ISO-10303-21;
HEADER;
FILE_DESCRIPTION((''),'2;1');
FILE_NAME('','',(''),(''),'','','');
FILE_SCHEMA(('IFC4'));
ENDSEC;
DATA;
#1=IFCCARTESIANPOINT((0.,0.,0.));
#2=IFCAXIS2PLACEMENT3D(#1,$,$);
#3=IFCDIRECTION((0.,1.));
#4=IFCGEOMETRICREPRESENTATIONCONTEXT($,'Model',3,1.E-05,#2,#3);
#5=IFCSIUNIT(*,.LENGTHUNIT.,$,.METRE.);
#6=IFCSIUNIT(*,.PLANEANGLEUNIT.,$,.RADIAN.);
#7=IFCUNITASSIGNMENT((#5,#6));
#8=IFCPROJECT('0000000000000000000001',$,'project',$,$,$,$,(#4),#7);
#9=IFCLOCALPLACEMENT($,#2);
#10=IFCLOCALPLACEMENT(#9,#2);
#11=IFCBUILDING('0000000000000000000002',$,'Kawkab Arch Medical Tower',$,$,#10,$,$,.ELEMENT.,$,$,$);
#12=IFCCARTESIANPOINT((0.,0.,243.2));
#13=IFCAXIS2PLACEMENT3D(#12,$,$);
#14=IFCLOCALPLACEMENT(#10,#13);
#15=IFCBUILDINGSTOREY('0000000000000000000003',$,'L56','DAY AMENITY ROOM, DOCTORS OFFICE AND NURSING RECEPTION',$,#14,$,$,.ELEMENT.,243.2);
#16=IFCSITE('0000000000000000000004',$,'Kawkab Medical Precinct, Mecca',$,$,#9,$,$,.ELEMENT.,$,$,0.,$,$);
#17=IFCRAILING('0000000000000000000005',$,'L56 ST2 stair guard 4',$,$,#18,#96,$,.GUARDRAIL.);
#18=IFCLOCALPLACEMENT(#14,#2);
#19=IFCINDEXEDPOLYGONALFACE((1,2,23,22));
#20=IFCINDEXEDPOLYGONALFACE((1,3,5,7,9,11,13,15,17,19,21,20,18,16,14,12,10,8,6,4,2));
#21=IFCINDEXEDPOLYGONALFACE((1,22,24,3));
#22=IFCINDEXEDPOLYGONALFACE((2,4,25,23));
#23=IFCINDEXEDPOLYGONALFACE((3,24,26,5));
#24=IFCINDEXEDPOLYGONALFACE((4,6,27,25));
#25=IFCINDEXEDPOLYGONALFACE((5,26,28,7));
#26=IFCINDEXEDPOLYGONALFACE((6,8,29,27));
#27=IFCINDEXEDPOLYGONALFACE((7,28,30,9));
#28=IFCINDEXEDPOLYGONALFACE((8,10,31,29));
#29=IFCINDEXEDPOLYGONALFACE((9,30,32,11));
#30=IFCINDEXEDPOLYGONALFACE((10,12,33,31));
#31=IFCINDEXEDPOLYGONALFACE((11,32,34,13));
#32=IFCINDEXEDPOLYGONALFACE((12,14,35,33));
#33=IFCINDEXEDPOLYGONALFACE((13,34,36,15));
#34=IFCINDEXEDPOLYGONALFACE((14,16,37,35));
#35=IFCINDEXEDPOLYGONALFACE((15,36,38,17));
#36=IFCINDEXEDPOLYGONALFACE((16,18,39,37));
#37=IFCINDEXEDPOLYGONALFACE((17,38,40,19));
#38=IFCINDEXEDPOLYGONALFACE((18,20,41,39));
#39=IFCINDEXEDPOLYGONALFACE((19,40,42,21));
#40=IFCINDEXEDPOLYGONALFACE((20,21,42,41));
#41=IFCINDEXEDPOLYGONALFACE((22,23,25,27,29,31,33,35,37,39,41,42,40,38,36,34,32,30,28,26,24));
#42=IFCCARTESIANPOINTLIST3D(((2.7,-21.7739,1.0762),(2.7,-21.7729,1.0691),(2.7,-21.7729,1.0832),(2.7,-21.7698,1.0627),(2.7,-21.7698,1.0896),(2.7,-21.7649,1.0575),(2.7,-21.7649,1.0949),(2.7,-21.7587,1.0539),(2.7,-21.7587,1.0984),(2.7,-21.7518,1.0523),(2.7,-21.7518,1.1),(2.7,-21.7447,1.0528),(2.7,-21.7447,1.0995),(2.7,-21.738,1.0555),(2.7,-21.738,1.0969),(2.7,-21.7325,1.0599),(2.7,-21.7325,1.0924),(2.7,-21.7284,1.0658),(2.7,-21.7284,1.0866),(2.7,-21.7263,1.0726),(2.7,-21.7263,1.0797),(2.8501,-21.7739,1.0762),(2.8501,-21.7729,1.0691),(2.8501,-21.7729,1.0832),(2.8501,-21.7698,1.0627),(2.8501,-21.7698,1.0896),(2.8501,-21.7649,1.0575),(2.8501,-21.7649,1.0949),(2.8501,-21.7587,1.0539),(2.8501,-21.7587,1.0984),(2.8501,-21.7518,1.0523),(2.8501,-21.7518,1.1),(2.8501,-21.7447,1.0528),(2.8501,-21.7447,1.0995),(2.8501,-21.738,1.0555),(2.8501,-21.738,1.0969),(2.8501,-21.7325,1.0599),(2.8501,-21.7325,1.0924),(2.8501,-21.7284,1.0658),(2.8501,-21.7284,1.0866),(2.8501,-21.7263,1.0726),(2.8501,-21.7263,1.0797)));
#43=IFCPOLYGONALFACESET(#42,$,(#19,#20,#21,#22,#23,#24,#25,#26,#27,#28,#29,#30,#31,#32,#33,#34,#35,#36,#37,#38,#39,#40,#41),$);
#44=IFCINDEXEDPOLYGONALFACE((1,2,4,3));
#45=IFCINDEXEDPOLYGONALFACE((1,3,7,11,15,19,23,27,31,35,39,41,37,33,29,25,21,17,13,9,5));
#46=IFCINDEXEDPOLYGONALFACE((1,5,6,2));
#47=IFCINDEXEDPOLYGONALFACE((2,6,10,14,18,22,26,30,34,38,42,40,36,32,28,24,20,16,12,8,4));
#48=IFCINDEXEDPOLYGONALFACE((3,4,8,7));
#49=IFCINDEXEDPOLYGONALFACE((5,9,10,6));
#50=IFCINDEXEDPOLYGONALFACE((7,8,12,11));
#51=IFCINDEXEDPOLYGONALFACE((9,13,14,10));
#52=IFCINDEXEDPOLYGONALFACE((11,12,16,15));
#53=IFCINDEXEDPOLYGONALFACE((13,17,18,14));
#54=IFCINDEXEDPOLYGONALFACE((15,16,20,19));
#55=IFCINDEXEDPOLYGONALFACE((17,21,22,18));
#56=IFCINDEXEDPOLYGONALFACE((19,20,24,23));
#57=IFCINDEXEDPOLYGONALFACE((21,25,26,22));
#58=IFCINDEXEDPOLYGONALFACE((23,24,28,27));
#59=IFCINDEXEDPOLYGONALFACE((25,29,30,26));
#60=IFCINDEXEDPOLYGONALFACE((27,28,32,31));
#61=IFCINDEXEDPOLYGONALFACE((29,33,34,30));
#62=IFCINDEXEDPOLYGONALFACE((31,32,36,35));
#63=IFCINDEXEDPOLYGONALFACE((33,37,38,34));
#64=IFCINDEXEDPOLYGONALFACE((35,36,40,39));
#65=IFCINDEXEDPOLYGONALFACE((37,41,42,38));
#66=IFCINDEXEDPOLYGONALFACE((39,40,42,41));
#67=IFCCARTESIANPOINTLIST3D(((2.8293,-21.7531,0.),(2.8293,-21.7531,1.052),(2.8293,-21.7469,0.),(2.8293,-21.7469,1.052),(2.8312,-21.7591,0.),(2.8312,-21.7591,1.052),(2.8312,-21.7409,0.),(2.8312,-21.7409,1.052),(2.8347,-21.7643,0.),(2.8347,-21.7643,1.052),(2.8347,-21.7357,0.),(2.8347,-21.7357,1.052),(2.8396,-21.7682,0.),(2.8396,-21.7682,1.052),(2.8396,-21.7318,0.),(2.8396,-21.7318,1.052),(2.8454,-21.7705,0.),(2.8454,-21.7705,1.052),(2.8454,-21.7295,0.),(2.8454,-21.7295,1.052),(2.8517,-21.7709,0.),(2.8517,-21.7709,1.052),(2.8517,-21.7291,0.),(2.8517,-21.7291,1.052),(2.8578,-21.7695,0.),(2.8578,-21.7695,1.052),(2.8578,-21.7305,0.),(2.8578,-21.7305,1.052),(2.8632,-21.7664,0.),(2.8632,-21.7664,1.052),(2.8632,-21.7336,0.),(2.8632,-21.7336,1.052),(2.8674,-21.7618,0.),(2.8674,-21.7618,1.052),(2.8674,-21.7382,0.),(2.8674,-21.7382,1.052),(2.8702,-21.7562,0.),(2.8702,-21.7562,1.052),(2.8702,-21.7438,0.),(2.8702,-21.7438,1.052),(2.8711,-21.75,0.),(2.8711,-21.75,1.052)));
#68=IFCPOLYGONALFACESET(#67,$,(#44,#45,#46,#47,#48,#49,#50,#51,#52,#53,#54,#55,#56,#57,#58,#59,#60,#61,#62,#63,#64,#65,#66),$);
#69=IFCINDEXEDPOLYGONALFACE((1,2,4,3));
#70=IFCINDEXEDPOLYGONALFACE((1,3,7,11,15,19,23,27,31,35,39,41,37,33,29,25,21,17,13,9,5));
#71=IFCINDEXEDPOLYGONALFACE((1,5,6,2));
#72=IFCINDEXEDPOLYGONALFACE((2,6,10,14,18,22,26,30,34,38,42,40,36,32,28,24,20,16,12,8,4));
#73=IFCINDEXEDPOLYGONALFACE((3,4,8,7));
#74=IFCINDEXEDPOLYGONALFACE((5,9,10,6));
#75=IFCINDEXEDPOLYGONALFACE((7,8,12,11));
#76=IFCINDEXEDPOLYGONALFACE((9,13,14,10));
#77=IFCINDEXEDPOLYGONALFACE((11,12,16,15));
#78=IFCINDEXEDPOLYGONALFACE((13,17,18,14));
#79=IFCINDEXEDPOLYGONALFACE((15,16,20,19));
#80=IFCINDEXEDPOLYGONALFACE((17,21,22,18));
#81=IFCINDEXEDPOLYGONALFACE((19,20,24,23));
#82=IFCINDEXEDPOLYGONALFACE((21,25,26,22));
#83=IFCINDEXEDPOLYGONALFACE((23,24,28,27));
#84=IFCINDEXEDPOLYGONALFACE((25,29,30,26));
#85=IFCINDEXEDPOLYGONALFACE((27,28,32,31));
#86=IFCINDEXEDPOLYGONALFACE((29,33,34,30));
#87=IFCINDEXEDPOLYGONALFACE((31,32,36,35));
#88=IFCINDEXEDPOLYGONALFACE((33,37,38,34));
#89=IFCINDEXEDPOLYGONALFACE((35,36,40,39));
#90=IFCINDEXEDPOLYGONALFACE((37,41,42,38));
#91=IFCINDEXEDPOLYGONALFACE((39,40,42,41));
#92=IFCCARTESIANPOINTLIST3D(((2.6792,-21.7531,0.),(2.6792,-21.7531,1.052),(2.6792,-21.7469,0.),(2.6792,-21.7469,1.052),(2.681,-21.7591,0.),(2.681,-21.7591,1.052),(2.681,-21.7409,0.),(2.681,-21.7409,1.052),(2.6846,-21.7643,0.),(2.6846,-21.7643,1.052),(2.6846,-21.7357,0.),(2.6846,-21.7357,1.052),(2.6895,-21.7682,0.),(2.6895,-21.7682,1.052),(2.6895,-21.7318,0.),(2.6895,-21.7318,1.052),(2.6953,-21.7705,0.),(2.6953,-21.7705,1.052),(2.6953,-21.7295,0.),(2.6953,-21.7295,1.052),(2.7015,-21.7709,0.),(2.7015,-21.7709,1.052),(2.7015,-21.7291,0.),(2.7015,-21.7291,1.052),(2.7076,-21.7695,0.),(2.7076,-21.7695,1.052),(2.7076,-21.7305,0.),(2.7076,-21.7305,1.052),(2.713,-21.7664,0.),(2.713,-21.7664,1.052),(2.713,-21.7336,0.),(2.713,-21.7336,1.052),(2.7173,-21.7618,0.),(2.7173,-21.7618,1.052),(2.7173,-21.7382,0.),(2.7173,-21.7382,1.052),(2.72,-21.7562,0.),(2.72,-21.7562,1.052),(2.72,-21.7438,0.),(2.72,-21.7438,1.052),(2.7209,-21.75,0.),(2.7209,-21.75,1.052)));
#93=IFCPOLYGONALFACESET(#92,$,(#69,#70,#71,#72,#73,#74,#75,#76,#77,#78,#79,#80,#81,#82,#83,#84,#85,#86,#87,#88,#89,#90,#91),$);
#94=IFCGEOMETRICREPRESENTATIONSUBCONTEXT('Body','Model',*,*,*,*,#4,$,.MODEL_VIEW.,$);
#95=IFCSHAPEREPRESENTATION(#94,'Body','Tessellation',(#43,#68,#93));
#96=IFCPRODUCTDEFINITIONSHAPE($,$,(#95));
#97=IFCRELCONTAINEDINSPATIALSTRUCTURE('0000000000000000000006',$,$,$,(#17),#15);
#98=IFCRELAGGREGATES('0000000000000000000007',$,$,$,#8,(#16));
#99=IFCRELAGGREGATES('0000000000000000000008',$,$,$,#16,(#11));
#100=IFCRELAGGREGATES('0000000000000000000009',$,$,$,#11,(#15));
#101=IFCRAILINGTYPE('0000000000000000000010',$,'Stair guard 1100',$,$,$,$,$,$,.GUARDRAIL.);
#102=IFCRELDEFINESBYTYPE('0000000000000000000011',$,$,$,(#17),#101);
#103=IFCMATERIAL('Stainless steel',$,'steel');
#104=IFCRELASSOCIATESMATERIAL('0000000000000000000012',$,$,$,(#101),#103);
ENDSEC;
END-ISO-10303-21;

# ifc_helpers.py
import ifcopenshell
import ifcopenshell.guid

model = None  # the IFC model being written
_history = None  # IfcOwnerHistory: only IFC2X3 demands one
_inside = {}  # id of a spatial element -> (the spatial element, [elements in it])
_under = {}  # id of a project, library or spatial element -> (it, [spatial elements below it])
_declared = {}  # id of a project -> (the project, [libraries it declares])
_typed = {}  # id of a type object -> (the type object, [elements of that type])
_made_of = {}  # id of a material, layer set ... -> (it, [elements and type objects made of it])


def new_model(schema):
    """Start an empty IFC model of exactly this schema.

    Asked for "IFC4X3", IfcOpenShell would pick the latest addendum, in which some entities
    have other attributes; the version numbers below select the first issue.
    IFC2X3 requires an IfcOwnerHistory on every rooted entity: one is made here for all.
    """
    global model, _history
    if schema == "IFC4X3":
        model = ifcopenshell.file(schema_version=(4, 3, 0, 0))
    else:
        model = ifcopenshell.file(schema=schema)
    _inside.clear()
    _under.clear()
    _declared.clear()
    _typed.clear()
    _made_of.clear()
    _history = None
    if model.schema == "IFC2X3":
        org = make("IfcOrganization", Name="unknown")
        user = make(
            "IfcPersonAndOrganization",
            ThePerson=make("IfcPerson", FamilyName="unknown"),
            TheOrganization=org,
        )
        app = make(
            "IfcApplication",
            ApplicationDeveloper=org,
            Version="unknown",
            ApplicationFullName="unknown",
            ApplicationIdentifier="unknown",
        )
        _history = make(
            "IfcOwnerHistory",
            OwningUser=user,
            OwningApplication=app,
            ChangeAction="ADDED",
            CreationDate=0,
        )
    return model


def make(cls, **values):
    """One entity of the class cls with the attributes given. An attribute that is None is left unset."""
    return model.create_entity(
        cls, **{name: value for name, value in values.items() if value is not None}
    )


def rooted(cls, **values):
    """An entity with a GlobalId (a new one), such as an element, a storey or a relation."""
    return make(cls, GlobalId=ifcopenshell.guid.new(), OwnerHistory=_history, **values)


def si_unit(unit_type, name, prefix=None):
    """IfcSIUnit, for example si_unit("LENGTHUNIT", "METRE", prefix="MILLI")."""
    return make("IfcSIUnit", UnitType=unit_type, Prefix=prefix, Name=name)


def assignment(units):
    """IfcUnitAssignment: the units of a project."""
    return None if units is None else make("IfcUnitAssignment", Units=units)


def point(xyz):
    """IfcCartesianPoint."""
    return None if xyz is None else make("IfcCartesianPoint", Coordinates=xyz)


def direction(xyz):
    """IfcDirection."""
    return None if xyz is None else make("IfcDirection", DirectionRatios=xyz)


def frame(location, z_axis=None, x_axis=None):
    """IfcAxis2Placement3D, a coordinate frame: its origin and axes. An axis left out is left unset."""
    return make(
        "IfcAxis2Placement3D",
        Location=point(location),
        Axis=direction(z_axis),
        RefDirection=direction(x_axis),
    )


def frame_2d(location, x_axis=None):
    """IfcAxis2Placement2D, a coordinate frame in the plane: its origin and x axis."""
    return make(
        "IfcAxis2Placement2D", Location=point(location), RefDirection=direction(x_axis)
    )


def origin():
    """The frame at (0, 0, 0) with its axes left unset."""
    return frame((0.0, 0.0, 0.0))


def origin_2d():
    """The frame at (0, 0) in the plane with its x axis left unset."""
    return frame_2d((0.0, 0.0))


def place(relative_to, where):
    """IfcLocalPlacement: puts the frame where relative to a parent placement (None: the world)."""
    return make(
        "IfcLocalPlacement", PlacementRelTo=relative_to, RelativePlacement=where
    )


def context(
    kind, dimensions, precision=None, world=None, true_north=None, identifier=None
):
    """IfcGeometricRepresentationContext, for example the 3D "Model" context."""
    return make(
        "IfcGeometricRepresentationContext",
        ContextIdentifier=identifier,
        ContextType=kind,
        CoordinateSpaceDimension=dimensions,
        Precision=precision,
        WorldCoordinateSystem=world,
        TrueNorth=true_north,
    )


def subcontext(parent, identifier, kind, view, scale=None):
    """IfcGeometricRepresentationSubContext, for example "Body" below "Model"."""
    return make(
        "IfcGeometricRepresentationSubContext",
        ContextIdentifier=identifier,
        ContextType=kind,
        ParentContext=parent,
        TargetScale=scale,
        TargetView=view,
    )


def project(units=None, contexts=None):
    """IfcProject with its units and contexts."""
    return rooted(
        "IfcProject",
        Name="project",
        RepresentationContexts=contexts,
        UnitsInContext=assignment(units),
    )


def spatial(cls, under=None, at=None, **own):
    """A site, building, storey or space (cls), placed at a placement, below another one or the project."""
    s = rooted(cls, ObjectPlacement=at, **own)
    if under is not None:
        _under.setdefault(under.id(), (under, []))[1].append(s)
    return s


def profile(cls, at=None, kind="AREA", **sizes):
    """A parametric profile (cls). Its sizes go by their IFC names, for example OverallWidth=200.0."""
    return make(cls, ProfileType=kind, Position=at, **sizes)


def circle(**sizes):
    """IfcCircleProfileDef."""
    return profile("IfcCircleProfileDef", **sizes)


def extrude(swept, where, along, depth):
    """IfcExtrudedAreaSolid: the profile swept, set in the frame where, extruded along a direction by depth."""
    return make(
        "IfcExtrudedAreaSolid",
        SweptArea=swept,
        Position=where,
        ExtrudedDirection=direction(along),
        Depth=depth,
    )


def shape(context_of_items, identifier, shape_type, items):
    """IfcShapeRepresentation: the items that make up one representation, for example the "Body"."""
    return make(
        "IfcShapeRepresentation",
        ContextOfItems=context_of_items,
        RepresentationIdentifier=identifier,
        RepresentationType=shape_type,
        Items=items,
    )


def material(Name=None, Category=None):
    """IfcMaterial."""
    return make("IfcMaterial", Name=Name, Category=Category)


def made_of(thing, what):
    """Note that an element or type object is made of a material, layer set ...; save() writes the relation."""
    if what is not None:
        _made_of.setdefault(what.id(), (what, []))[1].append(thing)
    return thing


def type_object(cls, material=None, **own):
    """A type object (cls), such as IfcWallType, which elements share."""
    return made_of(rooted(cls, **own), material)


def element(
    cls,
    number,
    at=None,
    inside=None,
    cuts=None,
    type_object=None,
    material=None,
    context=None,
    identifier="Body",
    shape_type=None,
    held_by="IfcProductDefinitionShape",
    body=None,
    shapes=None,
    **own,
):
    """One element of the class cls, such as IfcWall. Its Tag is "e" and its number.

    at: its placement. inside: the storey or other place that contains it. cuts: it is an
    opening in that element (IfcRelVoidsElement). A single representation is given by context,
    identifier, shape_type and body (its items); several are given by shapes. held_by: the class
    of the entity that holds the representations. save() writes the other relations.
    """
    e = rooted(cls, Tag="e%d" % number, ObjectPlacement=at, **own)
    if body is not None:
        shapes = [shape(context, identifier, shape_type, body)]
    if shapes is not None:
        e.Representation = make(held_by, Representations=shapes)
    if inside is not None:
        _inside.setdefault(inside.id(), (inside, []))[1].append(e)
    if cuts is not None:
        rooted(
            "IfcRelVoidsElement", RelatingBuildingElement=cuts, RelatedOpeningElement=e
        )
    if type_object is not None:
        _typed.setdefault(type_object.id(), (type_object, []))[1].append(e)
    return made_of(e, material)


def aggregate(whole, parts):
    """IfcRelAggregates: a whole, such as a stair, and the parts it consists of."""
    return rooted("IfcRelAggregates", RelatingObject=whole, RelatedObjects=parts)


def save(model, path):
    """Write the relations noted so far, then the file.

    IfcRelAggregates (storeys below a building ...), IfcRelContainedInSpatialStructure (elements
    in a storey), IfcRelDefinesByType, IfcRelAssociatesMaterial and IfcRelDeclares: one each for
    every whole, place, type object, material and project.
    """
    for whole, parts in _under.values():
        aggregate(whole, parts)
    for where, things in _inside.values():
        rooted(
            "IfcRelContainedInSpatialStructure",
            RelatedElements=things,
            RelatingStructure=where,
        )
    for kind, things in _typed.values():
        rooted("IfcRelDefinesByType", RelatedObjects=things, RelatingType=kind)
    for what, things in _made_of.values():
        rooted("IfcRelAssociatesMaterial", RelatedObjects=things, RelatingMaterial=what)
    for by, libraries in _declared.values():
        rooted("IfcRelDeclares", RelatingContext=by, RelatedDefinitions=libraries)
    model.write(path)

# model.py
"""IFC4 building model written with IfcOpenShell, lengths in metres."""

from ifc_helpers import new_model, si_unit, direction, frame, origin, origin_2d, place, context, subcontext, project, spatial, circle, extrude, material, type_object, element, save


model = new_model("IFC4")

# Units and contexts
model_context = context("Model", 3, precision=1e-05, world=origin(), true_north=direction((0.0, 1.0)))
body_context = subcontext(model_context, "Body", "Model", "MODEL_VIEW")
ifc_project = project(units=[si_unit("LENGTHUNIT", "METRE"), si_unit("PLANEANGLEUNIT", "RADIAN")], contexts=[model_context])

# Site, building, storey
site_placement = place(None, origin())
site = spatial("IfcSite", under=ifc_project, at=site_placement, Name="Kawkab Medical Precinct, Mecca", CompositionType="ELEMENT", RefElevation=0.0)
building_placement = place(site_placement, origin())
building = spatial("IfcBuilding", under=site, at=building_placement, Name="Kawkab Arch Medical Tower", CompositionType="ELEMENT")
storey_placement = place(building_placement, frame((0.0, 0.0, 243.2)))
storey = spatial("IfcBuildingStorey", under=building, at=storey_placement, Name="L56", Description="DAY AMENITY ROOM, DOCTORS OFFICE AND NURSING RECEPTION", CompositionType="ELEMENT", Elevation=243.2)

# Railing
ifc_material_1 = material(Name="Stainless steel", Category="steel")
railing_type = type_object("IfcRailingType", Name="Stair guard 1100", PredefinedType="GUARDRAIL", material=ifc_material_1)
railing_1_placement = place(storey_placement, frame((2.8501, -21.75, 0.0)))
element("IfcRailing", 1, at=railing_1_placement, inside=storey, type_object=railing_type, Name="L56 ST2 stair guard 4", PredefinedType="GUARDRAIL", context=body_context, shape_type="SweptSolid", body=[
    extrude(circle(Radius=0.0239, at=origin_2d()), frame((0.0, 0.0, 1.0762), z_axis=(-1.0, 0.0, 0.0), x_axis=(0.0, -1.0, 0.0)), (0.0, 0.0, 1.0), 0.1501),
    extrude(circle(Radius=0.021, at=origin_2d()), origin(), (0.0, 0.0, 1.0), 1.052),
    extrude(circle(Radius=0.021, at=origin_2d()), frame((-0.1501, 0.0, 0.0)), (0.0, 0.0, 1.0), 1.052),
])

save(model, "model.ifc")
